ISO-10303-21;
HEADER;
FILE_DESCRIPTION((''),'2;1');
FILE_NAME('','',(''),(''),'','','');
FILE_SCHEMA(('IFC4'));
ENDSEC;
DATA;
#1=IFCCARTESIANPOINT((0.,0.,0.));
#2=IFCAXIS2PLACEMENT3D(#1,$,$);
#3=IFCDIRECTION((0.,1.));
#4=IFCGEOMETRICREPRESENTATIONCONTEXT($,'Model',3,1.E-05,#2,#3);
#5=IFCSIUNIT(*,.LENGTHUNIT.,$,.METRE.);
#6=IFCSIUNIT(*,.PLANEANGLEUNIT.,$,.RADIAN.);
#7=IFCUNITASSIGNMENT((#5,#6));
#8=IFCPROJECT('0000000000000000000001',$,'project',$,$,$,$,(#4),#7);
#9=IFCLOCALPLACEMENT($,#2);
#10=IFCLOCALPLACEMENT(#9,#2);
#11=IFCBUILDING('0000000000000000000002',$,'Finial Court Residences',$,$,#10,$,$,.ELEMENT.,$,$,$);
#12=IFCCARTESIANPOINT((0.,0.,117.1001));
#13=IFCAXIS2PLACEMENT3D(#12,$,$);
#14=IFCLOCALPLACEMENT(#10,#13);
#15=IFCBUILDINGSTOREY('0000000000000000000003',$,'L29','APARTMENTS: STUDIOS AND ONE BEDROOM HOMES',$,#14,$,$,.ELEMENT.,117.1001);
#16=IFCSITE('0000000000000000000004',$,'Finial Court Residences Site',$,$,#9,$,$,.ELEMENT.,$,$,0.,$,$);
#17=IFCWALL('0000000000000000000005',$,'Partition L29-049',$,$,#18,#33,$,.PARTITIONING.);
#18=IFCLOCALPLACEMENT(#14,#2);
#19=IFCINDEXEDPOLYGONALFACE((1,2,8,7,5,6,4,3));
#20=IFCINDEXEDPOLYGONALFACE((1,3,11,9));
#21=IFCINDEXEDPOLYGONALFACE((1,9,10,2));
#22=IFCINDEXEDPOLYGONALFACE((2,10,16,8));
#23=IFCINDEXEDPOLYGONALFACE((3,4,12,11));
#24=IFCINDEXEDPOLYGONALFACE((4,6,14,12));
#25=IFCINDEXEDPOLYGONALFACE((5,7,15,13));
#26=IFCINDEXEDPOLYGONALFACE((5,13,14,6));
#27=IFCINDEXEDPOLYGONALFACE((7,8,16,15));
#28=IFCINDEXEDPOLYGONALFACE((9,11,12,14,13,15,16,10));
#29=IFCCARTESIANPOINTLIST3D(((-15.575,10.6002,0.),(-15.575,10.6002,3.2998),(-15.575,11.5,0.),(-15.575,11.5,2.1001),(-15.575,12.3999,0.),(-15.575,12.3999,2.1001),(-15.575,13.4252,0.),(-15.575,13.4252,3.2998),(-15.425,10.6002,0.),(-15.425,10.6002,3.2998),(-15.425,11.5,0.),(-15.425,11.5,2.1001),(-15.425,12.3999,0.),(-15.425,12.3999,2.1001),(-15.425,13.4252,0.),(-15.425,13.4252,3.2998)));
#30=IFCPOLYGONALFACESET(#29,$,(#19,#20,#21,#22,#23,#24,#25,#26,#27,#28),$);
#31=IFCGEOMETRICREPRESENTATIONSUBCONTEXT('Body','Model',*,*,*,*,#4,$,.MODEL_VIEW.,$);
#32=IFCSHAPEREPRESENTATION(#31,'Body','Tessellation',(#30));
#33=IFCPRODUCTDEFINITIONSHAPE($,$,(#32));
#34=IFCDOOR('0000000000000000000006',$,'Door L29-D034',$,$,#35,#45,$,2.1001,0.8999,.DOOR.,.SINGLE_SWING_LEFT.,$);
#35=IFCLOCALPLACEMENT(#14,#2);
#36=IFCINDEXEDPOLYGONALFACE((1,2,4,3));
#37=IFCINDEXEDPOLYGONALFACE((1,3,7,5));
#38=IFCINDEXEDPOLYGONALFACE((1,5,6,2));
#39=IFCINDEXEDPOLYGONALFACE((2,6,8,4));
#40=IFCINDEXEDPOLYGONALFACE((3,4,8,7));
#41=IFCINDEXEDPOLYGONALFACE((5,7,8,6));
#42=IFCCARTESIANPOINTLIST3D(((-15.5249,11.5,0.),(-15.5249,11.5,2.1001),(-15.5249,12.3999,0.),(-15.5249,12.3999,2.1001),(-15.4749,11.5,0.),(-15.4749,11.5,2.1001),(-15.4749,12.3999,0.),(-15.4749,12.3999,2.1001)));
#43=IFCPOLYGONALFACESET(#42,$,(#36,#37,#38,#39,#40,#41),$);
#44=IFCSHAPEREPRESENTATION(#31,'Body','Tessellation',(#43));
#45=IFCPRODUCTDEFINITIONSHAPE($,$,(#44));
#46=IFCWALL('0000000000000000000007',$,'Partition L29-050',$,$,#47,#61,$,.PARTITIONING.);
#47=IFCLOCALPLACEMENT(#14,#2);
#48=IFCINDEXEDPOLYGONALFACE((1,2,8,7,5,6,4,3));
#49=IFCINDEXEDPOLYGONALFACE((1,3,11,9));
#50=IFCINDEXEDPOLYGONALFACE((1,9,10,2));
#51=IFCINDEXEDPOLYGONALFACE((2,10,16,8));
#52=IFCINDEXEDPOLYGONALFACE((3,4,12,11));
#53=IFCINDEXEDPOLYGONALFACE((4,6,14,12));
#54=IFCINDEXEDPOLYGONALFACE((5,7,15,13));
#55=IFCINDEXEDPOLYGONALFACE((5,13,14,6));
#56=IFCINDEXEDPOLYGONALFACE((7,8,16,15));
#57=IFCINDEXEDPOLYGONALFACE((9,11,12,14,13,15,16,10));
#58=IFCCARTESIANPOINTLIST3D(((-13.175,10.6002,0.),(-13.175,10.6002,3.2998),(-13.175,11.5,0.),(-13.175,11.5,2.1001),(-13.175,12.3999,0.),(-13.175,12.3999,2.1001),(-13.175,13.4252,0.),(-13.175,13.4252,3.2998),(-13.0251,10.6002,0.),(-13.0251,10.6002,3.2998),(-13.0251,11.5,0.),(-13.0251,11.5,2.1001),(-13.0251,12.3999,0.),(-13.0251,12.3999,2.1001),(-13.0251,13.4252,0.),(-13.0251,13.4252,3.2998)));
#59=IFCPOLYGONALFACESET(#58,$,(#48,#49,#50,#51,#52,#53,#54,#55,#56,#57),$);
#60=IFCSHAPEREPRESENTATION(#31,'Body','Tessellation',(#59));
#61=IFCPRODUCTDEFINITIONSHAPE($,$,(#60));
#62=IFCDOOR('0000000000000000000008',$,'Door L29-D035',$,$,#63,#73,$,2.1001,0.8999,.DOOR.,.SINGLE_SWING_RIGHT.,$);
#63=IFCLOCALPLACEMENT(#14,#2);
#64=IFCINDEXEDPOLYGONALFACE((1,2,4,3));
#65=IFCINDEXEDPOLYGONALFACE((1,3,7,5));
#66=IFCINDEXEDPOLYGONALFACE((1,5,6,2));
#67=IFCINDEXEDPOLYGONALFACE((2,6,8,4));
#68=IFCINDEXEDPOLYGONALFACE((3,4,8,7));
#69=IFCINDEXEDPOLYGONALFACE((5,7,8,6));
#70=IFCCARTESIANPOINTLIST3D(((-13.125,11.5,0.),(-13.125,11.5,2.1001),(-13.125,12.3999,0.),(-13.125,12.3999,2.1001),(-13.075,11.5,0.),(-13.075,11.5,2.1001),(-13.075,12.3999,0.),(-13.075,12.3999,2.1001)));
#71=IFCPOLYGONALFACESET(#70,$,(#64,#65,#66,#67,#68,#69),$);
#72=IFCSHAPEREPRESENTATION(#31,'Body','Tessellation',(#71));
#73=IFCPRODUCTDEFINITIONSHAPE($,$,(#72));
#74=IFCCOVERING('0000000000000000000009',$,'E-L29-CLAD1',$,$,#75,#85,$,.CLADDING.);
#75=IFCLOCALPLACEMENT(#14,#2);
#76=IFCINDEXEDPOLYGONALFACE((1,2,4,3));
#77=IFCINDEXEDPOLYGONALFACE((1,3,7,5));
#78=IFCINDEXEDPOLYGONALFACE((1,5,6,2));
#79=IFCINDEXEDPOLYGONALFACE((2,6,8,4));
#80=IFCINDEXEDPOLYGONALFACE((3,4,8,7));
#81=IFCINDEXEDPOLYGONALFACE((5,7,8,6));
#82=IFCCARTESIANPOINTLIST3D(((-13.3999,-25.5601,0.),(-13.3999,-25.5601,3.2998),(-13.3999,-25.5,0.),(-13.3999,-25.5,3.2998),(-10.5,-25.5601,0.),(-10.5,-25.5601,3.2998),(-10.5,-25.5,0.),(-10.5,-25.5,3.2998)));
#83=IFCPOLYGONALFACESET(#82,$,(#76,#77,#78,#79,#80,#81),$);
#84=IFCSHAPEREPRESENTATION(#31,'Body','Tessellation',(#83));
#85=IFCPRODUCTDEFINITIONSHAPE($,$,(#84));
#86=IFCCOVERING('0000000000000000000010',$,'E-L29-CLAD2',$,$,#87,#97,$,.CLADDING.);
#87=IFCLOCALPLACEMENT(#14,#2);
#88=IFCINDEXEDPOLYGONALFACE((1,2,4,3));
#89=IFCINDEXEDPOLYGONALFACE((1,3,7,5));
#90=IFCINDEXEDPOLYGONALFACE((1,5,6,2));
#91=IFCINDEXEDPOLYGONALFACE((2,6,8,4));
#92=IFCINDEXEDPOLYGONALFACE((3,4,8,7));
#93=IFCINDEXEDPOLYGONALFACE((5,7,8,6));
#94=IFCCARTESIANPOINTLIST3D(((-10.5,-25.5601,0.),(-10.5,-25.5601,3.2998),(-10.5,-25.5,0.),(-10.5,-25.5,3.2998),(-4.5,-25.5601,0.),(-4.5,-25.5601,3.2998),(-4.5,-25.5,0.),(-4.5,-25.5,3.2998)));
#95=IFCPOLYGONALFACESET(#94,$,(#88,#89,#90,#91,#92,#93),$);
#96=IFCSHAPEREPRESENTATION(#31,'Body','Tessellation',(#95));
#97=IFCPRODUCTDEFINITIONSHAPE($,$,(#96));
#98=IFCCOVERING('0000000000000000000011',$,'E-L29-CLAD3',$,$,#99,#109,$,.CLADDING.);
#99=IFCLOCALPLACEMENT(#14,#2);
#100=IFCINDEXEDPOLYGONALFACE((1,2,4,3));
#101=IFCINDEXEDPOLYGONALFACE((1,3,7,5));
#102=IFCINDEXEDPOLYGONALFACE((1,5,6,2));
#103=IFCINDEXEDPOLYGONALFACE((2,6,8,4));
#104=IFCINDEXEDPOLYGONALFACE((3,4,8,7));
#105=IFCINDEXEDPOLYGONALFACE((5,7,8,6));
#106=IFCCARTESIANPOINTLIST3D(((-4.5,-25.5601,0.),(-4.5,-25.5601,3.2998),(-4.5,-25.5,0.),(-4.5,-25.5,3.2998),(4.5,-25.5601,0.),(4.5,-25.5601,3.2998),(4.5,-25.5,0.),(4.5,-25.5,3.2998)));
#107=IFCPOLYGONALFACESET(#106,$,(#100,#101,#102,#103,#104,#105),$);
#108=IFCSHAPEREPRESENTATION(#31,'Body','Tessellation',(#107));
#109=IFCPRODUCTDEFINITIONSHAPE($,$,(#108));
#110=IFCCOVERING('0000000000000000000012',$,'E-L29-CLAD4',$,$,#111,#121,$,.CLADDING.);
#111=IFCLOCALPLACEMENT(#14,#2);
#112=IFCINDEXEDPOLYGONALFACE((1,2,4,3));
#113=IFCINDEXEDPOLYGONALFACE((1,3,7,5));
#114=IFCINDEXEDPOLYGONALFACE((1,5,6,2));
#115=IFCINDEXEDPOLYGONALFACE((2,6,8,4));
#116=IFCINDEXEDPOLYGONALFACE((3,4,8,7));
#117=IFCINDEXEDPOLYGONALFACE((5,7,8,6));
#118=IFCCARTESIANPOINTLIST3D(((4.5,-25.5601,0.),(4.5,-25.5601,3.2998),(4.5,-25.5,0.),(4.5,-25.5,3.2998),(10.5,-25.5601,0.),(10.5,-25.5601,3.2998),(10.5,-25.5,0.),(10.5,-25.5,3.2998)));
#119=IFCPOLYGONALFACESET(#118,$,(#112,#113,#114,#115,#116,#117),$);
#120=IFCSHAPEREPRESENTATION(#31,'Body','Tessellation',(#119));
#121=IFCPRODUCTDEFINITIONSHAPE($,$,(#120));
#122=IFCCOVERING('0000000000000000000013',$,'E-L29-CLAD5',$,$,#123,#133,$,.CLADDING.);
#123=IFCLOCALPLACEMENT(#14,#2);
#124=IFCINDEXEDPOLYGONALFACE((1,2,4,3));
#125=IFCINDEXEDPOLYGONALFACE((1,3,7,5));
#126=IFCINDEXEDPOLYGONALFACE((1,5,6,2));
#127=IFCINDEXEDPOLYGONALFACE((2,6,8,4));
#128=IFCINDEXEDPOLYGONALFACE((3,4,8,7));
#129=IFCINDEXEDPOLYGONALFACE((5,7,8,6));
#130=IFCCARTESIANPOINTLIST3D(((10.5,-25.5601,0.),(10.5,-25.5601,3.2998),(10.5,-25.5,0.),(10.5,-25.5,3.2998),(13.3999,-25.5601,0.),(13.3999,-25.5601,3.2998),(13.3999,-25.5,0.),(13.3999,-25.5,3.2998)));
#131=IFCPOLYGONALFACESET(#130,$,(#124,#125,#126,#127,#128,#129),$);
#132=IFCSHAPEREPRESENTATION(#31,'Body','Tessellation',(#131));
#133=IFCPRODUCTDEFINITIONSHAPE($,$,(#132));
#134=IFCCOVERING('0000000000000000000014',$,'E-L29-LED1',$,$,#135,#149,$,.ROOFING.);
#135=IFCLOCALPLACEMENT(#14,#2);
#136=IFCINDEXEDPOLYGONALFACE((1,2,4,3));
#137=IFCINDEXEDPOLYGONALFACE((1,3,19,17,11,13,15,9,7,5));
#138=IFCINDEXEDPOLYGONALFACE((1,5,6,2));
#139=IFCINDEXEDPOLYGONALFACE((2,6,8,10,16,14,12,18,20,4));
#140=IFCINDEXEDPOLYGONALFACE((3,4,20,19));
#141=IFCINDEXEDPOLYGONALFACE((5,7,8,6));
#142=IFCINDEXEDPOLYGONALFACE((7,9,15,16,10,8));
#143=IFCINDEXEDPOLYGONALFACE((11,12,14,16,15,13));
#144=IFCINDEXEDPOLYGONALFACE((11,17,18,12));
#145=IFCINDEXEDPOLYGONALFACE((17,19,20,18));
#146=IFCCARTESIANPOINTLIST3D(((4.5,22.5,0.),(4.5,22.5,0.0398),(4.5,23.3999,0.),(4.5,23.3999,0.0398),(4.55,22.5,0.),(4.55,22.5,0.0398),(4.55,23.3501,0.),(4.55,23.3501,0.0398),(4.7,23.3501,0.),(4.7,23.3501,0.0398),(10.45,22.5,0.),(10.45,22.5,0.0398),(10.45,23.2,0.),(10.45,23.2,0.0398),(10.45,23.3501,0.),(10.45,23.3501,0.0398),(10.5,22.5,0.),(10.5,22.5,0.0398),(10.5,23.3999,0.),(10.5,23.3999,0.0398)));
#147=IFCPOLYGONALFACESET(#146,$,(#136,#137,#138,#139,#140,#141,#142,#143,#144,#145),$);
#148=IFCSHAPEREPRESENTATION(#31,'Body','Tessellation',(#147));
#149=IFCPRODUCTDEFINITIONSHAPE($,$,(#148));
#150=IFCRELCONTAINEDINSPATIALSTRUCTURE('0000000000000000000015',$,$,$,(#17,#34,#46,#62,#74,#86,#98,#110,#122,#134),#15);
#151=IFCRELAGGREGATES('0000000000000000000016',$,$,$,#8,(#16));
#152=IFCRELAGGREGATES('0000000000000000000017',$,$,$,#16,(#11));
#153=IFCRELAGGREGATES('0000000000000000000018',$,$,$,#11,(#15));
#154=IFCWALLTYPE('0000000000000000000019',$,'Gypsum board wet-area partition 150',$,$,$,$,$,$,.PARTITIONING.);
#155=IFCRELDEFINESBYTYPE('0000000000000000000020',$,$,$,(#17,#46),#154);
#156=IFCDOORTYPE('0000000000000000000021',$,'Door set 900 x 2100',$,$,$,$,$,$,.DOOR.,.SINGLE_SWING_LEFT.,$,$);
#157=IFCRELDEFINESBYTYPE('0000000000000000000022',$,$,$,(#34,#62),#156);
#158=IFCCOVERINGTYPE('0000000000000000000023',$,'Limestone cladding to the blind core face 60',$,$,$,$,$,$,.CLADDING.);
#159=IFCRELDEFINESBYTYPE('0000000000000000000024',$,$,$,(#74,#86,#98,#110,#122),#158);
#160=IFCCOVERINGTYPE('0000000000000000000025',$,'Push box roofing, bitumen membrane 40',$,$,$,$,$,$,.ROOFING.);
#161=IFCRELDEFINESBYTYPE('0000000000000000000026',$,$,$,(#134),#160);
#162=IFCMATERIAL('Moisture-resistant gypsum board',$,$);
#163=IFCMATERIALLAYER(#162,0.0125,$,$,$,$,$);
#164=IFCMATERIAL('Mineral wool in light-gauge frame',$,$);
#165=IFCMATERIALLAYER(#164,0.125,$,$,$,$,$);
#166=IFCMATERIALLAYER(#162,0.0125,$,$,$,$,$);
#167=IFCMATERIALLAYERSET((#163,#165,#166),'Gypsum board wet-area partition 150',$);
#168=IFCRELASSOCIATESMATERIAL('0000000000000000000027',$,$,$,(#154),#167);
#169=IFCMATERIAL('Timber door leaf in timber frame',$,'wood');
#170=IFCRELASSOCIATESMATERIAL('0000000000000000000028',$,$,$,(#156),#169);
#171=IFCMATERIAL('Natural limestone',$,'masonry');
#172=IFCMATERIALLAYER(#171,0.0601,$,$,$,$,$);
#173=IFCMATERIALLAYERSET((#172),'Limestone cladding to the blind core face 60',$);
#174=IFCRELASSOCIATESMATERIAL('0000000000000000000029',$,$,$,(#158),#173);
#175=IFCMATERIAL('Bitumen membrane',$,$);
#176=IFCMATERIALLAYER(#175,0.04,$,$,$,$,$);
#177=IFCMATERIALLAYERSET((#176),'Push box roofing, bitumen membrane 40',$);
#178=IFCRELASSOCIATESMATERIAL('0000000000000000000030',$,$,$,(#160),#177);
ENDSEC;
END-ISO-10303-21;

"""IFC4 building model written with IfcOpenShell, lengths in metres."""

from ifc_helpers import new_model, si_unit, direction, frame, frame_2d, origin, place, context, subcontext, project, spatial, polyline, rectangle, outline, extrude, material, layer, layer_set, type_object, element, fill, save


model = new_model("IFC4")

# Units and contexts
model_context = context("Model", 3, precision=1e-05, world=origin(), true_north=direction((0.0, 1.0)))
body_context = subcontext(model_context, "Body", "Model", "MODEL_VIEW")
ifc_project = project(units=[si_unit("LENGTHUNIT", "METRE"), si_unit("PLANEANGLEUNIT", "RADIAN")], contexts=[model_context])

# Site, building, storey
site_placement = place(None, origin())
site = spatial("IfcSite", under=ifc_project, at=site_placement, Name="Finial Court Residences Site", CompositionType="ELEMENT", RefElevation=0.0)
building_placement = place(site_placement, origin())
building = spatial("IfcBuilding", under=site, at=building_placement, Name="Finial Court Residences", CompositionType="ELEMENT")
storey_placement = place(building_placement, frame((0.0, 0.0, 117.1001)))
storey = spatial("IfcBuildingStorey", under=building, at=storey_placement, Name="L29", Description="APARTMENTS: STUDIOS AND ONE BEDROOM HOMES", CompositionType="ELEMENT", Elevation=117.1001)

# Shared definitions
ifc_material_1 = material(Name="Mineral wool in light-gauge frame")
ifc_material_2 = material(Name="Moisture-resistant gypsum board")
ifc_layer_1 = layer(ifc_material_2, 0.0125)
ifc_layer_2 = layer(ifc_material_1, 0.125)
ifc_layer_3 = layer(ifc_material_2, 0.0125)
ifc_layer_set_1 = layer_set([ifc_layer_1, ifc_layer_2, ifc_layer_3], Name="Gypsum board wet-area partition 150")
wall_type_1 = type_object("IfcWallType", Name="Gypsum board wet-area partition 150", PredefinedType="PARTITIONING", material=ifc_layer_set_1)

# Walls, openings, doors
wall_1_placement = place(storey_placement, frame((-15.5, 10.6001, 0.0), z_axis=(0.0, 0.0, 1.0), x_axis=(0.0, 1.0, 0.0)))
wall_1 = element("IfcWall", 1, at=wall_1_placement, inside=storey, type_object=wall_type_1, Name="Partition L29-049", PredefinedType="PARTITIONING", context=body_context, shape_type="SweptSolid", body=[
    extrude(rectangle(XDim=2.825, YDim=0.1499, at=frame_2d((1.4126, 0.0))), origin(), (0.0, 0.0, 1.0), 3.2998),
])
opening_1_placement = place(wall_1_placement, frame((0.8999, 0.0, 0.0)))
opening_1 = element("IfcOpeningElement", 2, at=opening_1_placement, cuts=wall_1, PredefinedType="OPENING", context=body_context, shape_type="SweptSolid", body=[
    extrude(rectangle(XDim=0.8999, YDim=2.1001, at=frame_2d((0.45, 1.05))), frame((0.0, 0.085, 0.0), z_axis=(0.0, -1.0, 0.0), x_axis=(1.0, 0.0, 0.0)), (0.0, 0.0, 1.0), 0.1699),
])
ifc_material_3 = material(Name="Timber door leaf in timber frame", Category="wood")
door_type = type_object("IfcDoorType", Name="Door set 900 x 2100", OperationType="SINGLE_SWING_LEFT", PredefinedType="DOOR", material=ifc_material_3)
door_1_placement = place(opening_1_placement, origin())
door_1 = element("IfcDoor", 3, at=door_1_placement, inside=storey, type_object=door_type, Name="Door L29-D034", OperationType="SINGLE_SWING_LEFT", OverallHeight=2.1001, OverallWidth=0.8999, PredefinedType="DOOR", context=body_context, shape_type="SweptSolid", body=[
    extrude(rectangle(XDim=0.8999, YDim=2.1001, at=frame_2d((0.45, 1.05))), frame((0.0, 0.0249, 0.0), z_axis=(0.0, -1.0, 0.0), x_axis=(1.0, 0.0, 0.0)), (0.0, 0.0, 1.0), 0.05),
])
fill(opening_1, door_1)
wall_2_placement = place(storey_placement, frame((-13.1001, 10.6001, 0.0), z_axis=(0.0, 0.0, 1.0), x_axis=(0.0, 1.0, 0.0)))
wall_2 = element("IfcWall", 4, at=wall_2_placement, inside=storey, type_object=wall_type_1, Name="Partition L29-050", PredefinedType="PARTITIONING", context=body_context, shape_type="SweptSolid", body=[
    extrude(rectangle(XDim=2.825, YDim=0.1499, at=frame_2d((1.4126, 0.0))), origin(), (0.0, 0.0, 1.0), 3.2998),
])
opening_2_placement = place(wall_2_placement, frame((0.8999, 0.0, 0.0)))
opening_2 = element("IfcOpeningElement", 5, at=opening_2_placement, cuts=wall_2, PredefinedType="OPENING", context=body_context, shape_type="SweptSolid", body=[
    extrude(rectangle(XDim=0.8999, YDim=2.1001, at=frame_2d((0.45, 1.05))), frame((0.0, 0.085, 0.0), z_axis=(0.0, -1.0, 0.0), x_axis=(1.0, 0.0, 0.0)), (0.0, 0.0, 1.0), 0.1699),
])
door_2_placement = place(opening_2_placement, origin())
door_2 = element("IfcDoor", 6, at=door_2_placement, inside=storey, type_object=door_type, Name="Door L29-D035", OperationType="SINGLE_SWING_RIGHT", OverallHeight=2.1001, OverallWidth=0.8999, PredefinedType="DOOR", context=body_context, shape_type="SweptSolid", body=[
    extrude(rectangle(XDim=0.8999, YDim=2.1001, at=frame_2d((0.45, 1.05))), frame((0.0, 0.0249, 0.0), z_axis=(0.0, -1.0, 0.0), x_axis=(1.0, 0.0, 0.0)), (0.0, 0.0, 1.0), 0.05),
])
fill(opening_2, door_2)

# Coverings
ifc_material_4 = material(Name="Natural limestone", Category="masonry")
ifc_layer_4 = layer(ifc_material_4, 0.0601)
ifc_layer_set_2 = layer_set([ifc_layer_4], Name="Limestone cladding to the blind core face 60")
covering_type_1 = type_object("IfcCoveringType", Name="Limestone cladding to the blind core face 60", PredefinedType="CLADDING", material=ifc_layer_set_2)
covering_1_placement = place(storey_placement, origin())
element("IfcCovering", 7, at=covering_1_placement, inside=storey, type_object=covering_type_1, Name="E-L29-CLAD1", PredefinedType="CLADDING", context=body_context, shape_type="SweptSolid", body=[
    extrude(outline(polyline([(-10.5, -25.5601), (-10.5, -25.5), (-13.3999, -25.5), (-13.3999, -25.5601), (-10.5, -25.5601)])), origin(), (0.0, 0.0, 1.0), 3.2998),
])
covering_2_placement = place(storey_placement, origin())
element("IfcCovering", 8, at=covering_2_placement, inside=storey, type_object=covering_type_1, Name="E-L29-CLAD2", PredefinedType="CLADDING", context=body_context, shape_type="SweptSolid", body=[
    extrude(outline(polyline([(-4.5, -25.5601), (-4.5, -25.5), (-10.5, -25.5), (-10.5, -25.5601), (-4.5, -25.5601)])), origin(), (0.0, 0.0, 1.0), 3.2998),
])
covering_3_placement = place(storey_placement, origin())
element("IfcCovering", 9, at=covering_3_placement, inside=storey, type_object=covering_type_1, Name="E-L29-CLAD3", PredefinedType="CLADDING", context=body_context, shape_type="SweptSolid", body=[
    extrude(outline(polyline([(4.5, -25.5601), (4.5, -25.5), (-4.5, -25.5), (-4.5, -25.5601), (4.5, -25.5601)])), origin(), (0.0, 0.0, 1.0), 3.2998),
])
covering_4_placement = place(storey_placement, origin())
element("IfcCovering", 10, at=covering_4_placement, inside=storey, type_object=covering_type_1, Name="E-L29-CLAD4", PredefinedType="CLADDING", context=body_context, shape_type="SweptSolid", body=[
    extrude(outline(polyline([(10.5, -25.5601), (10.5, -25.5), (4.5, -25.5), (4.5, -25.5601), (10.5, -25.5601)])), origin(), (0.0, 0.0, 1.0), 3.2998),
])
covering_5_placement = place(storey_placement, origin())
element("IfcCovering", 11, at=covering_5_placement, inside=storey, type_object=covering_type_1, Name="E-L29-CLAD5", PredefinedType="CLADDING", context=body_context, shape_type="SweptSolid", body=[
    extrude(outline(polyline([(13.3999, -25.5601), (13.3999, -25.5), (10.5, -25.5), (10.5, -25.5601), (13.3999, -25.5601)])), origin(), (0.0, 0.0, 1.0), 3.2998),
])
ifc_material_5 = material(Name="Bitumen membrane")
ifc_layer_5 = layer(ifc_material_5, 0.04)
ifc_layer_set_3 = layer_set([ifc_layer_5], Name="Push box roofing, bitumen membrane 40")
covering_type_2 = type_object("IfcCoveringType", Name="Push box roofing, bitumen membrane 40", PredefinedType="ROOFING", material=ifc_layer_set_3)
covering_6_placement = place(storey_placement, origin())
element("IfcCovering", 12, at=covering_6_placement, inside=storey, type_object=covering_type_2, Name="E-L29-LED1", PredefinedType="ROOFING", context=body_context, shape_type="SweptSolid", body=[
    extrude(outline(polyline([(10.45, 22.5), (10.45, 23.2), (10.45, 23.3501), (4.7, 23.3501), (4.7, 23.3501), (4.55, 23.3501), (4.55, 22.5), (4.5, 22.5), (4.5, 23.3999), (10.5, 23.3999), (10.5, 22.5), (10.45, 22.5)])), origin(), (0.0, 0.0, 1.0), 0.0398),
])

save(model, "model.ifc")
